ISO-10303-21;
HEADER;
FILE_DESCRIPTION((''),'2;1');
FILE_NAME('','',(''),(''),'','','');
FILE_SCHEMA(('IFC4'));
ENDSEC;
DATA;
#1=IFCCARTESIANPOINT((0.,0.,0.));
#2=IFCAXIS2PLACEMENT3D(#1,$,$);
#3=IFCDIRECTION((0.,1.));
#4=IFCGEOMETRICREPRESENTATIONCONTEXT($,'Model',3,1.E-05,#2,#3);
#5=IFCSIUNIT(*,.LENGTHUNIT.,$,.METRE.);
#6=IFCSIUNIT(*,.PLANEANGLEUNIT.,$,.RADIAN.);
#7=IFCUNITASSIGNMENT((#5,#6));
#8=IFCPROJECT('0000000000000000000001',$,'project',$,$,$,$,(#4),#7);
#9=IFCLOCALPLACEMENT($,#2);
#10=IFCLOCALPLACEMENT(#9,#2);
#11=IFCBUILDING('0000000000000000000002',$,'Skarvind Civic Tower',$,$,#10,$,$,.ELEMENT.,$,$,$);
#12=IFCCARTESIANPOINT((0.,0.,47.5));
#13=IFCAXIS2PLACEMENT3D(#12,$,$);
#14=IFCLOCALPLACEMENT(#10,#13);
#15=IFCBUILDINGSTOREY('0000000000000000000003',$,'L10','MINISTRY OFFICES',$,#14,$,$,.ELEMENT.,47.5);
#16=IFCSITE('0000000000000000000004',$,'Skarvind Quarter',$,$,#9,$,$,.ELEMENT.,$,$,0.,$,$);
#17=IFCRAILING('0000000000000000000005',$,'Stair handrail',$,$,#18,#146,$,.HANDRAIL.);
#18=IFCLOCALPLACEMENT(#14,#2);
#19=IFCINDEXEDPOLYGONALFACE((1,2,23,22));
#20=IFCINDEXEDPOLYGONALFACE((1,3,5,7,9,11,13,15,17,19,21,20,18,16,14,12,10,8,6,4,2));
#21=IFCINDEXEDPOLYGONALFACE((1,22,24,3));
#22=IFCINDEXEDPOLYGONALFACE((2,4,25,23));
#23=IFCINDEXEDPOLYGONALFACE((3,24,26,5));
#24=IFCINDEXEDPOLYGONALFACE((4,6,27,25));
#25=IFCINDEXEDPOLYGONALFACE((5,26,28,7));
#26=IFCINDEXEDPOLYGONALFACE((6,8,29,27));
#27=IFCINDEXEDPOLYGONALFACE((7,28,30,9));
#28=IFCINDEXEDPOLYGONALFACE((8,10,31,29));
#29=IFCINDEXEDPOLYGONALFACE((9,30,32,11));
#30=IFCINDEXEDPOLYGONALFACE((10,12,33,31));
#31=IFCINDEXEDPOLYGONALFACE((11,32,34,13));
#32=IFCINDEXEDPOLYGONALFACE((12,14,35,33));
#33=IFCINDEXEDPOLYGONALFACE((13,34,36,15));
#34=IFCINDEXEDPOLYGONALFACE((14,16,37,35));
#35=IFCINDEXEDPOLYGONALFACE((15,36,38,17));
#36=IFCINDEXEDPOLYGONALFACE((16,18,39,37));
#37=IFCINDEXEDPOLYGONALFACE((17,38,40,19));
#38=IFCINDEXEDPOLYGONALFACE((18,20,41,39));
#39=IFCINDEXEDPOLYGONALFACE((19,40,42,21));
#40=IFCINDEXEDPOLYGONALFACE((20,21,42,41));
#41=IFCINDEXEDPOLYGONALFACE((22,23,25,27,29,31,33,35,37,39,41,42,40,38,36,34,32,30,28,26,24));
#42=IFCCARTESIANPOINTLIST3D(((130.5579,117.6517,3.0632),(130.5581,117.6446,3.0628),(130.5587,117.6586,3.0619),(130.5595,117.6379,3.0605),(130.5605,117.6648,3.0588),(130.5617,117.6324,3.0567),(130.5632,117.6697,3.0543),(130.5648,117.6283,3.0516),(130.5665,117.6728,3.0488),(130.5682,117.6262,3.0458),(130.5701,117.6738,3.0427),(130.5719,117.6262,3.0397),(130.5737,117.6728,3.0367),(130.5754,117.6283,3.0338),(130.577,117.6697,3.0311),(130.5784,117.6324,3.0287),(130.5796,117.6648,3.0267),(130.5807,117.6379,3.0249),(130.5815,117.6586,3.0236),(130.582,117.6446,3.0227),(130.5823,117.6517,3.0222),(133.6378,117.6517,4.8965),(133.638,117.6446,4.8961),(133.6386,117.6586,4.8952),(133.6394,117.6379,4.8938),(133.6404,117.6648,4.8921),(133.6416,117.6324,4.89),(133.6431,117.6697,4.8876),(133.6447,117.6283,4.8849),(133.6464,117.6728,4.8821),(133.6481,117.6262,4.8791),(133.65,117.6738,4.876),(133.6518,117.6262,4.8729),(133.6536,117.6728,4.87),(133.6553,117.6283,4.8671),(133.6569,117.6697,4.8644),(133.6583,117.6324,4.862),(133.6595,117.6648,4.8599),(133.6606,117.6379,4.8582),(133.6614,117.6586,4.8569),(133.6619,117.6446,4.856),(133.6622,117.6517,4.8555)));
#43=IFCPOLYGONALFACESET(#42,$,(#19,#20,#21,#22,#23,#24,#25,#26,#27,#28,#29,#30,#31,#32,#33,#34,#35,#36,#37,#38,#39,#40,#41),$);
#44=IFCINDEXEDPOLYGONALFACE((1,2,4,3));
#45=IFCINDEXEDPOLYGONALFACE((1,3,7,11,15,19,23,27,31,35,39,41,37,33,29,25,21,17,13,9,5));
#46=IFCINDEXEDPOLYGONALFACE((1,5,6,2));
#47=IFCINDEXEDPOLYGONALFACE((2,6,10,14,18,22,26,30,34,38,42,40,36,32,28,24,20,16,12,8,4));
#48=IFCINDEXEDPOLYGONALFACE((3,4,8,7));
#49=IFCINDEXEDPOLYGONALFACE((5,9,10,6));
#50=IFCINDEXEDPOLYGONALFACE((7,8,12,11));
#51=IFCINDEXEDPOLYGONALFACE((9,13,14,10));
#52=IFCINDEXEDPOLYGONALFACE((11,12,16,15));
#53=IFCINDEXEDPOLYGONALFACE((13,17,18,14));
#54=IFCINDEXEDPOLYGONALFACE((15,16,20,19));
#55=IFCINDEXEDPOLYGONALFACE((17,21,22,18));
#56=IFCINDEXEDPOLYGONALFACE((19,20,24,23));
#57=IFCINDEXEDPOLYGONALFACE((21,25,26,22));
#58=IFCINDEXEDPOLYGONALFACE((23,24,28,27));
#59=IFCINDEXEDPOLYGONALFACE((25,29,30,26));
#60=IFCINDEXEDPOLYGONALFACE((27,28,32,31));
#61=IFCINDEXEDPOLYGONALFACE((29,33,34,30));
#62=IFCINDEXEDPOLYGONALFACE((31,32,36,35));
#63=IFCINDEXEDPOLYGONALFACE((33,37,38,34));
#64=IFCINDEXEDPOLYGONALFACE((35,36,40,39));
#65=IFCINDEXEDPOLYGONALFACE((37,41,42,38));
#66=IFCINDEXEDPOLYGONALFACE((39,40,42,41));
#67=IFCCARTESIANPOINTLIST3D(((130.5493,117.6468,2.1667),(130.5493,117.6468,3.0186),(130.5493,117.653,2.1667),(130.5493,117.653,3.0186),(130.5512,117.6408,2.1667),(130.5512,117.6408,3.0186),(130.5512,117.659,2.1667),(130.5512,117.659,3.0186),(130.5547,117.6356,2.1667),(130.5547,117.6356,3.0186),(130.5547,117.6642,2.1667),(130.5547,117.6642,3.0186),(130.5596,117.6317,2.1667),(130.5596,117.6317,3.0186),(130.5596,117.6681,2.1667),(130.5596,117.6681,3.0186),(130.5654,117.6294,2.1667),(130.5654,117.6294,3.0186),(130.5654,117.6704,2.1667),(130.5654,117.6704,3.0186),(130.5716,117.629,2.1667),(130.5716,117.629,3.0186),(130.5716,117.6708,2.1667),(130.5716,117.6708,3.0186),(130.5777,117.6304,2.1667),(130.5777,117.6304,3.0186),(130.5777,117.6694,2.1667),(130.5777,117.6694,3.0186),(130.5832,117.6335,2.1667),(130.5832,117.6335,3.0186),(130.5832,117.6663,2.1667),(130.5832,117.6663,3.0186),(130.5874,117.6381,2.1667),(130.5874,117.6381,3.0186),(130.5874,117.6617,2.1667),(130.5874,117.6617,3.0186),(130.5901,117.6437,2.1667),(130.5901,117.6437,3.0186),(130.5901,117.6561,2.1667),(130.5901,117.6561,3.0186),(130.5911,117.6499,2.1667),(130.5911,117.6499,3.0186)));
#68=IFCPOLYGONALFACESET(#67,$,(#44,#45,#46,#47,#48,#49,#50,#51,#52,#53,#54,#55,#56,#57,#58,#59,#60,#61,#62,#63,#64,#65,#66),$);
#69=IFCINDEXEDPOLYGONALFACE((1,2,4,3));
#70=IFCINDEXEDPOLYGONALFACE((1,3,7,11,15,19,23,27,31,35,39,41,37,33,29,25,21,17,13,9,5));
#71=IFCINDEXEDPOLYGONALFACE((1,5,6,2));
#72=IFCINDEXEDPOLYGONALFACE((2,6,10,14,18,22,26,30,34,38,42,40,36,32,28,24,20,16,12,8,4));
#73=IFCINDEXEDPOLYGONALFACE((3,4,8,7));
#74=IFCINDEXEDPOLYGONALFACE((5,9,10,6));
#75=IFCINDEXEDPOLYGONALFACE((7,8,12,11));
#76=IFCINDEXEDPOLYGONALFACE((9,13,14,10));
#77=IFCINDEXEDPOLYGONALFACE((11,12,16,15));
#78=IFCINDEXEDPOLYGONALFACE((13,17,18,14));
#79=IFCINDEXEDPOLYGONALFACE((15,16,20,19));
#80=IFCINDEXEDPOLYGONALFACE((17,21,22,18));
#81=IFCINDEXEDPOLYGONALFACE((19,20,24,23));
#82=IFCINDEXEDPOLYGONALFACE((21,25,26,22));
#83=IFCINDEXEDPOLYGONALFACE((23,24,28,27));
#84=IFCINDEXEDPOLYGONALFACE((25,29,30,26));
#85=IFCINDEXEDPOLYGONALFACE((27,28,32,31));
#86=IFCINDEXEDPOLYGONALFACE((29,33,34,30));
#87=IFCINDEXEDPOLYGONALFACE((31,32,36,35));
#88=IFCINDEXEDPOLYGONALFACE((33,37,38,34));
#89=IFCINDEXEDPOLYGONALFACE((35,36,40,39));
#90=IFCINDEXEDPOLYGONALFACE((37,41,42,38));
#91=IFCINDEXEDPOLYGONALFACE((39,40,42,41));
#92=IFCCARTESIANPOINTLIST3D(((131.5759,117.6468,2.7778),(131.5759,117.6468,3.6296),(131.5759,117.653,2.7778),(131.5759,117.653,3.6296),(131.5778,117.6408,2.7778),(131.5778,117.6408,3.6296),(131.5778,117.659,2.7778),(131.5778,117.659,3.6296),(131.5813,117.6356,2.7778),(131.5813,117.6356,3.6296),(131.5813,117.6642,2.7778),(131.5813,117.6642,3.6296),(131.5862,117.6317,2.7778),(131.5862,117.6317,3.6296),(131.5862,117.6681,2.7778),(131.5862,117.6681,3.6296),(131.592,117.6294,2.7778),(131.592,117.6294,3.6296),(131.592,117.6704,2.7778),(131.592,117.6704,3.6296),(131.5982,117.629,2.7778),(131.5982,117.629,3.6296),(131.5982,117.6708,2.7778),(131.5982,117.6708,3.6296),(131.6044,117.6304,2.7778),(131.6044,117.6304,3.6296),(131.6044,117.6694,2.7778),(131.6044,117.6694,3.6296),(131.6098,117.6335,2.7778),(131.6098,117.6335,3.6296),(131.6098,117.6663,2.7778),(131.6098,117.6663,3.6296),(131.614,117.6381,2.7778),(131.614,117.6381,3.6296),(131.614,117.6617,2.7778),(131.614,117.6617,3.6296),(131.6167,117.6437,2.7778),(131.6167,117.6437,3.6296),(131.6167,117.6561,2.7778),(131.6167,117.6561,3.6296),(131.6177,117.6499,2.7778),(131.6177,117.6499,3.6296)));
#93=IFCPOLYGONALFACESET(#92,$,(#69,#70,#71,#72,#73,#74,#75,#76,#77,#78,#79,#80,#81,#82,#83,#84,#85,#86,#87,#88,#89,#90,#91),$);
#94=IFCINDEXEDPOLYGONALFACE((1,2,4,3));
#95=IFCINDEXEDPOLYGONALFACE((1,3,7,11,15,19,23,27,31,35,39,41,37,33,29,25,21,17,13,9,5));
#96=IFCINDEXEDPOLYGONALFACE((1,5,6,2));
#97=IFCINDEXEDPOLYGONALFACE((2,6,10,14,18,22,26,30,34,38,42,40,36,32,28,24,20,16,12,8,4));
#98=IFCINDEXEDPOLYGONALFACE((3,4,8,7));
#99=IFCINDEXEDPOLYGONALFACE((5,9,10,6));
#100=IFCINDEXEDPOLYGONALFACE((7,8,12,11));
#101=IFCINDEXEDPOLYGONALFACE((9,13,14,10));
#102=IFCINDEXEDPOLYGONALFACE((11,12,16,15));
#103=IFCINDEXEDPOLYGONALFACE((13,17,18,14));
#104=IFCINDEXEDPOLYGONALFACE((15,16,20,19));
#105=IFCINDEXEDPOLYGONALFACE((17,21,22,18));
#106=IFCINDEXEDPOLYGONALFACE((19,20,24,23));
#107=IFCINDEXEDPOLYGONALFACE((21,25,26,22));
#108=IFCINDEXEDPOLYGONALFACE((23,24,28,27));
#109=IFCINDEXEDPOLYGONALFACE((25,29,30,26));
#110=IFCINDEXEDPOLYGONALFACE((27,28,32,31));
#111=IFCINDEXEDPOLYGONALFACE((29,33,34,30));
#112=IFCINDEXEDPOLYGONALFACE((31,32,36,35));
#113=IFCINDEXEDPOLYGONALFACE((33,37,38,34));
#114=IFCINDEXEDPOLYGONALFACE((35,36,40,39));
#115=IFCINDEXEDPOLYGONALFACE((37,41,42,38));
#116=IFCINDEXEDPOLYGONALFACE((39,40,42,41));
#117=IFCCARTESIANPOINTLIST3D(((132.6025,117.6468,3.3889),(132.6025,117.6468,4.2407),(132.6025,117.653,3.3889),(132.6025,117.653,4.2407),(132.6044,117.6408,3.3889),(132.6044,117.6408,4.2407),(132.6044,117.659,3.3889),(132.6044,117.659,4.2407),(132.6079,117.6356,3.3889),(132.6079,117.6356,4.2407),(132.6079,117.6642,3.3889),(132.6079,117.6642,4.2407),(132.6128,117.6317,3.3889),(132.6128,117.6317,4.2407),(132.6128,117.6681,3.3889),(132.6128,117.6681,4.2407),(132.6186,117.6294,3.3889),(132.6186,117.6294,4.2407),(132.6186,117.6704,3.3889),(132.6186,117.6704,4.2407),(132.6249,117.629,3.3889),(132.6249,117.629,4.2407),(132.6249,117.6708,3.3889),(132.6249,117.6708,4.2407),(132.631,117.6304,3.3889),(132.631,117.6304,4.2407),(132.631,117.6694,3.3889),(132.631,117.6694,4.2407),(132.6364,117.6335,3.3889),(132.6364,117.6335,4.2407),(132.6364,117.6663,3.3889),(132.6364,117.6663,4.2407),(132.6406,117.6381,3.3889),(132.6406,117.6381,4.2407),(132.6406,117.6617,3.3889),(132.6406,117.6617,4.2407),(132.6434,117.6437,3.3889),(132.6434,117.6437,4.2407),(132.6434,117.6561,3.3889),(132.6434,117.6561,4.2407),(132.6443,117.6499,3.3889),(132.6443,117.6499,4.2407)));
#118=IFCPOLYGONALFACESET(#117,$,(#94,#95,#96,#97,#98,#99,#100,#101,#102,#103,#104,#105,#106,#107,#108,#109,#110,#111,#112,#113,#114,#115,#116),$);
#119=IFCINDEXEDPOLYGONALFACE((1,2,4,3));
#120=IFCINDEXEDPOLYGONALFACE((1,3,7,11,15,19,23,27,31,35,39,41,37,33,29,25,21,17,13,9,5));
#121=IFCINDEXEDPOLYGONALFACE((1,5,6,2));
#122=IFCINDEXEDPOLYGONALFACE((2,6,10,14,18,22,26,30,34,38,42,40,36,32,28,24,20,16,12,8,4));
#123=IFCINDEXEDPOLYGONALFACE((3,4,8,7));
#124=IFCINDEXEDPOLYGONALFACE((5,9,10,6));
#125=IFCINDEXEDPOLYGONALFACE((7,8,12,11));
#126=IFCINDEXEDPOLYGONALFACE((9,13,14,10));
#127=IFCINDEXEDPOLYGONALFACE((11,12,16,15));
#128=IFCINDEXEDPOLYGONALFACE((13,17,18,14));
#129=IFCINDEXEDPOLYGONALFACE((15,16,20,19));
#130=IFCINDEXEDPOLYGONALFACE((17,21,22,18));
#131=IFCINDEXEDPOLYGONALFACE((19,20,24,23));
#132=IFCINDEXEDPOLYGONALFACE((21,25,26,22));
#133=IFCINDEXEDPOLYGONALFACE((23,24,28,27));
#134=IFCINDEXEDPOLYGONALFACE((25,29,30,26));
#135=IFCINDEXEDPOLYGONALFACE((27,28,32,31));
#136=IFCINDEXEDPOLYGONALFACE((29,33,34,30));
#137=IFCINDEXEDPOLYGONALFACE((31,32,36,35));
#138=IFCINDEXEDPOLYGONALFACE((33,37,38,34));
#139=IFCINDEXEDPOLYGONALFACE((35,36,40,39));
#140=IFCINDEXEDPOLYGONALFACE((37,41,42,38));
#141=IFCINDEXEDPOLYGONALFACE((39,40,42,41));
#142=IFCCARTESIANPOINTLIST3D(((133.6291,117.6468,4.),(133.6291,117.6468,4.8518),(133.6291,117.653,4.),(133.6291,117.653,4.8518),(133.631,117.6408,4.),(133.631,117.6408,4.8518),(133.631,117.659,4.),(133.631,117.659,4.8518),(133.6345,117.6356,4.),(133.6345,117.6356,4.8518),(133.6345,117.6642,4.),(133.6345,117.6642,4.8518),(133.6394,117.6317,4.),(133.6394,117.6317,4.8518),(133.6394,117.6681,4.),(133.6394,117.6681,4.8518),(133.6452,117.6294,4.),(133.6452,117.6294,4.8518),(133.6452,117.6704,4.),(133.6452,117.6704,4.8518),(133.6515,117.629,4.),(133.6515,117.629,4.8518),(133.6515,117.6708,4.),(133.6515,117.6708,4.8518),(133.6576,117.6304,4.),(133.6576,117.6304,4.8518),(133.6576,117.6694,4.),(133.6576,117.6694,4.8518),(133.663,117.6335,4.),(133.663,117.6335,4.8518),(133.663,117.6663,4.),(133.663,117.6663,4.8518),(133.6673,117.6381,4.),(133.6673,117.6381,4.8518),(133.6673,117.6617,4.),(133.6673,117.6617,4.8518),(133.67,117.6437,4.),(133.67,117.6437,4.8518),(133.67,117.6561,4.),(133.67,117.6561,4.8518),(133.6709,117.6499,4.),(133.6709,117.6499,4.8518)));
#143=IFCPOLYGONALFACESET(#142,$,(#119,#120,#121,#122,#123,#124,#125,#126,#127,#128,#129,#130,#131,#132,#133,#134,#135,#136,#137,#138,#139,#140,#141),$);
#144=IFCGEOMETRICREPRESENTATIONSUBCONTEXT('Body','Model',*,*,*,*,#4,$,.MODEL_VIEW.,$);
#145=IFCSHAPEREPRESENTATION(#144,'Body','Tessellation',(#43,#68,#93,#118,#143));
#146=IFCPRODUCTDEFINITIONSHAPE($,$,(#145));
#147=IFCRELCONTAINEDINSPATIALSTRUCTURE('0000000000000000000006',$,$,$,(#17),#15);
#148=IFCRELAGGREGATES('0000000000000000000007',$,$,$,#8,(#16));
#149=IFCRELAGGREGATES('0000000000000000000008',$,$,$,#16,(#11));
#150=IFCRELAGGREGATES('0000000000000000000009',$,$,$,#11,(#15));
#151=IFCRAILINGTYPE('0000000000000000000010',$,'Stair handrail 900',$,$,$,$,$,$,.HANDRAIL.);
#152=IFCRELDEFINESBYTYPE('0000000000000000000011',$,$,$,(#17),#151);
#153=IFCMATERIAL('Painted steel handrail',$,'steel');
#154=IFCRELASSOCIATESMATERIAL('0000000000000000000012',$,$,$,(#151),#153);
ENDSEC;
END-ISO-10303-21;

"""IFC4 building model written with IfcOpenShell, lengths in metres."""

from ifc_helpers import new_model, si_unit, direction, frame, origin, origin_2d, place, context, subcontext, project, spatial, circle, extrude, material, type_object, element, save


model = new_model("IFC4")

# Units and contexts
model_context = context("Model", 3, precision=1e-05, world=origin(), true_north=direction((0.0, 1.0)))
body_context = subcontext(model_context, "Body", "Model", "MODEL_VIEW")
ifc_project = project(units=[si_unit("LENGTHUNIT", "METRE"), si_unit("PLANEANGLEUNIT", "RADIAN")], contexts=[model_context])

# Site, building, storey
site_placement = place(None, origin())
site = spatial("IfcSite", under=ifc_project, at=site_placement, Name="Skarvind Quarter", CompositionType="ELEMENT", RefElevation=0.0)
building_placement = place(site_placement, origin())
building = spatial("IfcBuilding", under=site, at=building_placement, Name="Skarvind Civic Tower", CompositionType="ELEMENT")
storey_placement = place(building_placement, frame((0.0, 0.0, 47.5)))
storey = spatial("IfcBuildingStorey", under=building, at=storey_placement, Name="L10", Description="MINISTRY OFFICES", CompositionType="ELEMENT", Elevation=47.5)

# Railing
ifc_material_1 = material(Name="Painted steel handrail", Category="steel")
railing_type = type_object("IfcRailingType", Name="Stair handrail 900", PredefinedType="HANDRAIL", material=ifc_material_1)
railing_1_placement = place(storey_placement, frame((130.5701, 117.6499, 2.1667)))
element("IfcRailing", 1, at=railing_1_placement, inside=storey, type_object=railing_type, Name="Stair handrail", PredefinedType="HANDRAIL", context=body_context, shape_type="SweptSolid", body=[
    extrude(circle(Radius=0.0239, at=origin_2d()), frame((0.0, 0.0, 0.876), z_axis=(0.859291, 0.0, 0.511487), x_axis=(0.0, 1.0, 0.0)), (0.0, 0.0, 1.0), 3.5842),
    extrude(circle(Radius=0.021, at=origin_2d()), origin(), (0.0, 0.0, 1.0), 0.8518),
    extrude(circle(Radius=0.021, at=origin_2d()), frame((1.0266, 0.0, 0.6111)), (0.0, 0.0, 1.0), 0.8518),
    extrude(circle(Radius=0.021, at=origin_2d()), frame((2.0532, 0.0, 1.2222)), (0.0, 0.0, 1.0), 0.8518),
    extrude(circle(Radius=0.021, at=origin_2d()), frame((3.0798, 0.0, 1.8333)), (0.0, 0.0, 1.0), 0.8518),
])

save(model, "model.ifc")
